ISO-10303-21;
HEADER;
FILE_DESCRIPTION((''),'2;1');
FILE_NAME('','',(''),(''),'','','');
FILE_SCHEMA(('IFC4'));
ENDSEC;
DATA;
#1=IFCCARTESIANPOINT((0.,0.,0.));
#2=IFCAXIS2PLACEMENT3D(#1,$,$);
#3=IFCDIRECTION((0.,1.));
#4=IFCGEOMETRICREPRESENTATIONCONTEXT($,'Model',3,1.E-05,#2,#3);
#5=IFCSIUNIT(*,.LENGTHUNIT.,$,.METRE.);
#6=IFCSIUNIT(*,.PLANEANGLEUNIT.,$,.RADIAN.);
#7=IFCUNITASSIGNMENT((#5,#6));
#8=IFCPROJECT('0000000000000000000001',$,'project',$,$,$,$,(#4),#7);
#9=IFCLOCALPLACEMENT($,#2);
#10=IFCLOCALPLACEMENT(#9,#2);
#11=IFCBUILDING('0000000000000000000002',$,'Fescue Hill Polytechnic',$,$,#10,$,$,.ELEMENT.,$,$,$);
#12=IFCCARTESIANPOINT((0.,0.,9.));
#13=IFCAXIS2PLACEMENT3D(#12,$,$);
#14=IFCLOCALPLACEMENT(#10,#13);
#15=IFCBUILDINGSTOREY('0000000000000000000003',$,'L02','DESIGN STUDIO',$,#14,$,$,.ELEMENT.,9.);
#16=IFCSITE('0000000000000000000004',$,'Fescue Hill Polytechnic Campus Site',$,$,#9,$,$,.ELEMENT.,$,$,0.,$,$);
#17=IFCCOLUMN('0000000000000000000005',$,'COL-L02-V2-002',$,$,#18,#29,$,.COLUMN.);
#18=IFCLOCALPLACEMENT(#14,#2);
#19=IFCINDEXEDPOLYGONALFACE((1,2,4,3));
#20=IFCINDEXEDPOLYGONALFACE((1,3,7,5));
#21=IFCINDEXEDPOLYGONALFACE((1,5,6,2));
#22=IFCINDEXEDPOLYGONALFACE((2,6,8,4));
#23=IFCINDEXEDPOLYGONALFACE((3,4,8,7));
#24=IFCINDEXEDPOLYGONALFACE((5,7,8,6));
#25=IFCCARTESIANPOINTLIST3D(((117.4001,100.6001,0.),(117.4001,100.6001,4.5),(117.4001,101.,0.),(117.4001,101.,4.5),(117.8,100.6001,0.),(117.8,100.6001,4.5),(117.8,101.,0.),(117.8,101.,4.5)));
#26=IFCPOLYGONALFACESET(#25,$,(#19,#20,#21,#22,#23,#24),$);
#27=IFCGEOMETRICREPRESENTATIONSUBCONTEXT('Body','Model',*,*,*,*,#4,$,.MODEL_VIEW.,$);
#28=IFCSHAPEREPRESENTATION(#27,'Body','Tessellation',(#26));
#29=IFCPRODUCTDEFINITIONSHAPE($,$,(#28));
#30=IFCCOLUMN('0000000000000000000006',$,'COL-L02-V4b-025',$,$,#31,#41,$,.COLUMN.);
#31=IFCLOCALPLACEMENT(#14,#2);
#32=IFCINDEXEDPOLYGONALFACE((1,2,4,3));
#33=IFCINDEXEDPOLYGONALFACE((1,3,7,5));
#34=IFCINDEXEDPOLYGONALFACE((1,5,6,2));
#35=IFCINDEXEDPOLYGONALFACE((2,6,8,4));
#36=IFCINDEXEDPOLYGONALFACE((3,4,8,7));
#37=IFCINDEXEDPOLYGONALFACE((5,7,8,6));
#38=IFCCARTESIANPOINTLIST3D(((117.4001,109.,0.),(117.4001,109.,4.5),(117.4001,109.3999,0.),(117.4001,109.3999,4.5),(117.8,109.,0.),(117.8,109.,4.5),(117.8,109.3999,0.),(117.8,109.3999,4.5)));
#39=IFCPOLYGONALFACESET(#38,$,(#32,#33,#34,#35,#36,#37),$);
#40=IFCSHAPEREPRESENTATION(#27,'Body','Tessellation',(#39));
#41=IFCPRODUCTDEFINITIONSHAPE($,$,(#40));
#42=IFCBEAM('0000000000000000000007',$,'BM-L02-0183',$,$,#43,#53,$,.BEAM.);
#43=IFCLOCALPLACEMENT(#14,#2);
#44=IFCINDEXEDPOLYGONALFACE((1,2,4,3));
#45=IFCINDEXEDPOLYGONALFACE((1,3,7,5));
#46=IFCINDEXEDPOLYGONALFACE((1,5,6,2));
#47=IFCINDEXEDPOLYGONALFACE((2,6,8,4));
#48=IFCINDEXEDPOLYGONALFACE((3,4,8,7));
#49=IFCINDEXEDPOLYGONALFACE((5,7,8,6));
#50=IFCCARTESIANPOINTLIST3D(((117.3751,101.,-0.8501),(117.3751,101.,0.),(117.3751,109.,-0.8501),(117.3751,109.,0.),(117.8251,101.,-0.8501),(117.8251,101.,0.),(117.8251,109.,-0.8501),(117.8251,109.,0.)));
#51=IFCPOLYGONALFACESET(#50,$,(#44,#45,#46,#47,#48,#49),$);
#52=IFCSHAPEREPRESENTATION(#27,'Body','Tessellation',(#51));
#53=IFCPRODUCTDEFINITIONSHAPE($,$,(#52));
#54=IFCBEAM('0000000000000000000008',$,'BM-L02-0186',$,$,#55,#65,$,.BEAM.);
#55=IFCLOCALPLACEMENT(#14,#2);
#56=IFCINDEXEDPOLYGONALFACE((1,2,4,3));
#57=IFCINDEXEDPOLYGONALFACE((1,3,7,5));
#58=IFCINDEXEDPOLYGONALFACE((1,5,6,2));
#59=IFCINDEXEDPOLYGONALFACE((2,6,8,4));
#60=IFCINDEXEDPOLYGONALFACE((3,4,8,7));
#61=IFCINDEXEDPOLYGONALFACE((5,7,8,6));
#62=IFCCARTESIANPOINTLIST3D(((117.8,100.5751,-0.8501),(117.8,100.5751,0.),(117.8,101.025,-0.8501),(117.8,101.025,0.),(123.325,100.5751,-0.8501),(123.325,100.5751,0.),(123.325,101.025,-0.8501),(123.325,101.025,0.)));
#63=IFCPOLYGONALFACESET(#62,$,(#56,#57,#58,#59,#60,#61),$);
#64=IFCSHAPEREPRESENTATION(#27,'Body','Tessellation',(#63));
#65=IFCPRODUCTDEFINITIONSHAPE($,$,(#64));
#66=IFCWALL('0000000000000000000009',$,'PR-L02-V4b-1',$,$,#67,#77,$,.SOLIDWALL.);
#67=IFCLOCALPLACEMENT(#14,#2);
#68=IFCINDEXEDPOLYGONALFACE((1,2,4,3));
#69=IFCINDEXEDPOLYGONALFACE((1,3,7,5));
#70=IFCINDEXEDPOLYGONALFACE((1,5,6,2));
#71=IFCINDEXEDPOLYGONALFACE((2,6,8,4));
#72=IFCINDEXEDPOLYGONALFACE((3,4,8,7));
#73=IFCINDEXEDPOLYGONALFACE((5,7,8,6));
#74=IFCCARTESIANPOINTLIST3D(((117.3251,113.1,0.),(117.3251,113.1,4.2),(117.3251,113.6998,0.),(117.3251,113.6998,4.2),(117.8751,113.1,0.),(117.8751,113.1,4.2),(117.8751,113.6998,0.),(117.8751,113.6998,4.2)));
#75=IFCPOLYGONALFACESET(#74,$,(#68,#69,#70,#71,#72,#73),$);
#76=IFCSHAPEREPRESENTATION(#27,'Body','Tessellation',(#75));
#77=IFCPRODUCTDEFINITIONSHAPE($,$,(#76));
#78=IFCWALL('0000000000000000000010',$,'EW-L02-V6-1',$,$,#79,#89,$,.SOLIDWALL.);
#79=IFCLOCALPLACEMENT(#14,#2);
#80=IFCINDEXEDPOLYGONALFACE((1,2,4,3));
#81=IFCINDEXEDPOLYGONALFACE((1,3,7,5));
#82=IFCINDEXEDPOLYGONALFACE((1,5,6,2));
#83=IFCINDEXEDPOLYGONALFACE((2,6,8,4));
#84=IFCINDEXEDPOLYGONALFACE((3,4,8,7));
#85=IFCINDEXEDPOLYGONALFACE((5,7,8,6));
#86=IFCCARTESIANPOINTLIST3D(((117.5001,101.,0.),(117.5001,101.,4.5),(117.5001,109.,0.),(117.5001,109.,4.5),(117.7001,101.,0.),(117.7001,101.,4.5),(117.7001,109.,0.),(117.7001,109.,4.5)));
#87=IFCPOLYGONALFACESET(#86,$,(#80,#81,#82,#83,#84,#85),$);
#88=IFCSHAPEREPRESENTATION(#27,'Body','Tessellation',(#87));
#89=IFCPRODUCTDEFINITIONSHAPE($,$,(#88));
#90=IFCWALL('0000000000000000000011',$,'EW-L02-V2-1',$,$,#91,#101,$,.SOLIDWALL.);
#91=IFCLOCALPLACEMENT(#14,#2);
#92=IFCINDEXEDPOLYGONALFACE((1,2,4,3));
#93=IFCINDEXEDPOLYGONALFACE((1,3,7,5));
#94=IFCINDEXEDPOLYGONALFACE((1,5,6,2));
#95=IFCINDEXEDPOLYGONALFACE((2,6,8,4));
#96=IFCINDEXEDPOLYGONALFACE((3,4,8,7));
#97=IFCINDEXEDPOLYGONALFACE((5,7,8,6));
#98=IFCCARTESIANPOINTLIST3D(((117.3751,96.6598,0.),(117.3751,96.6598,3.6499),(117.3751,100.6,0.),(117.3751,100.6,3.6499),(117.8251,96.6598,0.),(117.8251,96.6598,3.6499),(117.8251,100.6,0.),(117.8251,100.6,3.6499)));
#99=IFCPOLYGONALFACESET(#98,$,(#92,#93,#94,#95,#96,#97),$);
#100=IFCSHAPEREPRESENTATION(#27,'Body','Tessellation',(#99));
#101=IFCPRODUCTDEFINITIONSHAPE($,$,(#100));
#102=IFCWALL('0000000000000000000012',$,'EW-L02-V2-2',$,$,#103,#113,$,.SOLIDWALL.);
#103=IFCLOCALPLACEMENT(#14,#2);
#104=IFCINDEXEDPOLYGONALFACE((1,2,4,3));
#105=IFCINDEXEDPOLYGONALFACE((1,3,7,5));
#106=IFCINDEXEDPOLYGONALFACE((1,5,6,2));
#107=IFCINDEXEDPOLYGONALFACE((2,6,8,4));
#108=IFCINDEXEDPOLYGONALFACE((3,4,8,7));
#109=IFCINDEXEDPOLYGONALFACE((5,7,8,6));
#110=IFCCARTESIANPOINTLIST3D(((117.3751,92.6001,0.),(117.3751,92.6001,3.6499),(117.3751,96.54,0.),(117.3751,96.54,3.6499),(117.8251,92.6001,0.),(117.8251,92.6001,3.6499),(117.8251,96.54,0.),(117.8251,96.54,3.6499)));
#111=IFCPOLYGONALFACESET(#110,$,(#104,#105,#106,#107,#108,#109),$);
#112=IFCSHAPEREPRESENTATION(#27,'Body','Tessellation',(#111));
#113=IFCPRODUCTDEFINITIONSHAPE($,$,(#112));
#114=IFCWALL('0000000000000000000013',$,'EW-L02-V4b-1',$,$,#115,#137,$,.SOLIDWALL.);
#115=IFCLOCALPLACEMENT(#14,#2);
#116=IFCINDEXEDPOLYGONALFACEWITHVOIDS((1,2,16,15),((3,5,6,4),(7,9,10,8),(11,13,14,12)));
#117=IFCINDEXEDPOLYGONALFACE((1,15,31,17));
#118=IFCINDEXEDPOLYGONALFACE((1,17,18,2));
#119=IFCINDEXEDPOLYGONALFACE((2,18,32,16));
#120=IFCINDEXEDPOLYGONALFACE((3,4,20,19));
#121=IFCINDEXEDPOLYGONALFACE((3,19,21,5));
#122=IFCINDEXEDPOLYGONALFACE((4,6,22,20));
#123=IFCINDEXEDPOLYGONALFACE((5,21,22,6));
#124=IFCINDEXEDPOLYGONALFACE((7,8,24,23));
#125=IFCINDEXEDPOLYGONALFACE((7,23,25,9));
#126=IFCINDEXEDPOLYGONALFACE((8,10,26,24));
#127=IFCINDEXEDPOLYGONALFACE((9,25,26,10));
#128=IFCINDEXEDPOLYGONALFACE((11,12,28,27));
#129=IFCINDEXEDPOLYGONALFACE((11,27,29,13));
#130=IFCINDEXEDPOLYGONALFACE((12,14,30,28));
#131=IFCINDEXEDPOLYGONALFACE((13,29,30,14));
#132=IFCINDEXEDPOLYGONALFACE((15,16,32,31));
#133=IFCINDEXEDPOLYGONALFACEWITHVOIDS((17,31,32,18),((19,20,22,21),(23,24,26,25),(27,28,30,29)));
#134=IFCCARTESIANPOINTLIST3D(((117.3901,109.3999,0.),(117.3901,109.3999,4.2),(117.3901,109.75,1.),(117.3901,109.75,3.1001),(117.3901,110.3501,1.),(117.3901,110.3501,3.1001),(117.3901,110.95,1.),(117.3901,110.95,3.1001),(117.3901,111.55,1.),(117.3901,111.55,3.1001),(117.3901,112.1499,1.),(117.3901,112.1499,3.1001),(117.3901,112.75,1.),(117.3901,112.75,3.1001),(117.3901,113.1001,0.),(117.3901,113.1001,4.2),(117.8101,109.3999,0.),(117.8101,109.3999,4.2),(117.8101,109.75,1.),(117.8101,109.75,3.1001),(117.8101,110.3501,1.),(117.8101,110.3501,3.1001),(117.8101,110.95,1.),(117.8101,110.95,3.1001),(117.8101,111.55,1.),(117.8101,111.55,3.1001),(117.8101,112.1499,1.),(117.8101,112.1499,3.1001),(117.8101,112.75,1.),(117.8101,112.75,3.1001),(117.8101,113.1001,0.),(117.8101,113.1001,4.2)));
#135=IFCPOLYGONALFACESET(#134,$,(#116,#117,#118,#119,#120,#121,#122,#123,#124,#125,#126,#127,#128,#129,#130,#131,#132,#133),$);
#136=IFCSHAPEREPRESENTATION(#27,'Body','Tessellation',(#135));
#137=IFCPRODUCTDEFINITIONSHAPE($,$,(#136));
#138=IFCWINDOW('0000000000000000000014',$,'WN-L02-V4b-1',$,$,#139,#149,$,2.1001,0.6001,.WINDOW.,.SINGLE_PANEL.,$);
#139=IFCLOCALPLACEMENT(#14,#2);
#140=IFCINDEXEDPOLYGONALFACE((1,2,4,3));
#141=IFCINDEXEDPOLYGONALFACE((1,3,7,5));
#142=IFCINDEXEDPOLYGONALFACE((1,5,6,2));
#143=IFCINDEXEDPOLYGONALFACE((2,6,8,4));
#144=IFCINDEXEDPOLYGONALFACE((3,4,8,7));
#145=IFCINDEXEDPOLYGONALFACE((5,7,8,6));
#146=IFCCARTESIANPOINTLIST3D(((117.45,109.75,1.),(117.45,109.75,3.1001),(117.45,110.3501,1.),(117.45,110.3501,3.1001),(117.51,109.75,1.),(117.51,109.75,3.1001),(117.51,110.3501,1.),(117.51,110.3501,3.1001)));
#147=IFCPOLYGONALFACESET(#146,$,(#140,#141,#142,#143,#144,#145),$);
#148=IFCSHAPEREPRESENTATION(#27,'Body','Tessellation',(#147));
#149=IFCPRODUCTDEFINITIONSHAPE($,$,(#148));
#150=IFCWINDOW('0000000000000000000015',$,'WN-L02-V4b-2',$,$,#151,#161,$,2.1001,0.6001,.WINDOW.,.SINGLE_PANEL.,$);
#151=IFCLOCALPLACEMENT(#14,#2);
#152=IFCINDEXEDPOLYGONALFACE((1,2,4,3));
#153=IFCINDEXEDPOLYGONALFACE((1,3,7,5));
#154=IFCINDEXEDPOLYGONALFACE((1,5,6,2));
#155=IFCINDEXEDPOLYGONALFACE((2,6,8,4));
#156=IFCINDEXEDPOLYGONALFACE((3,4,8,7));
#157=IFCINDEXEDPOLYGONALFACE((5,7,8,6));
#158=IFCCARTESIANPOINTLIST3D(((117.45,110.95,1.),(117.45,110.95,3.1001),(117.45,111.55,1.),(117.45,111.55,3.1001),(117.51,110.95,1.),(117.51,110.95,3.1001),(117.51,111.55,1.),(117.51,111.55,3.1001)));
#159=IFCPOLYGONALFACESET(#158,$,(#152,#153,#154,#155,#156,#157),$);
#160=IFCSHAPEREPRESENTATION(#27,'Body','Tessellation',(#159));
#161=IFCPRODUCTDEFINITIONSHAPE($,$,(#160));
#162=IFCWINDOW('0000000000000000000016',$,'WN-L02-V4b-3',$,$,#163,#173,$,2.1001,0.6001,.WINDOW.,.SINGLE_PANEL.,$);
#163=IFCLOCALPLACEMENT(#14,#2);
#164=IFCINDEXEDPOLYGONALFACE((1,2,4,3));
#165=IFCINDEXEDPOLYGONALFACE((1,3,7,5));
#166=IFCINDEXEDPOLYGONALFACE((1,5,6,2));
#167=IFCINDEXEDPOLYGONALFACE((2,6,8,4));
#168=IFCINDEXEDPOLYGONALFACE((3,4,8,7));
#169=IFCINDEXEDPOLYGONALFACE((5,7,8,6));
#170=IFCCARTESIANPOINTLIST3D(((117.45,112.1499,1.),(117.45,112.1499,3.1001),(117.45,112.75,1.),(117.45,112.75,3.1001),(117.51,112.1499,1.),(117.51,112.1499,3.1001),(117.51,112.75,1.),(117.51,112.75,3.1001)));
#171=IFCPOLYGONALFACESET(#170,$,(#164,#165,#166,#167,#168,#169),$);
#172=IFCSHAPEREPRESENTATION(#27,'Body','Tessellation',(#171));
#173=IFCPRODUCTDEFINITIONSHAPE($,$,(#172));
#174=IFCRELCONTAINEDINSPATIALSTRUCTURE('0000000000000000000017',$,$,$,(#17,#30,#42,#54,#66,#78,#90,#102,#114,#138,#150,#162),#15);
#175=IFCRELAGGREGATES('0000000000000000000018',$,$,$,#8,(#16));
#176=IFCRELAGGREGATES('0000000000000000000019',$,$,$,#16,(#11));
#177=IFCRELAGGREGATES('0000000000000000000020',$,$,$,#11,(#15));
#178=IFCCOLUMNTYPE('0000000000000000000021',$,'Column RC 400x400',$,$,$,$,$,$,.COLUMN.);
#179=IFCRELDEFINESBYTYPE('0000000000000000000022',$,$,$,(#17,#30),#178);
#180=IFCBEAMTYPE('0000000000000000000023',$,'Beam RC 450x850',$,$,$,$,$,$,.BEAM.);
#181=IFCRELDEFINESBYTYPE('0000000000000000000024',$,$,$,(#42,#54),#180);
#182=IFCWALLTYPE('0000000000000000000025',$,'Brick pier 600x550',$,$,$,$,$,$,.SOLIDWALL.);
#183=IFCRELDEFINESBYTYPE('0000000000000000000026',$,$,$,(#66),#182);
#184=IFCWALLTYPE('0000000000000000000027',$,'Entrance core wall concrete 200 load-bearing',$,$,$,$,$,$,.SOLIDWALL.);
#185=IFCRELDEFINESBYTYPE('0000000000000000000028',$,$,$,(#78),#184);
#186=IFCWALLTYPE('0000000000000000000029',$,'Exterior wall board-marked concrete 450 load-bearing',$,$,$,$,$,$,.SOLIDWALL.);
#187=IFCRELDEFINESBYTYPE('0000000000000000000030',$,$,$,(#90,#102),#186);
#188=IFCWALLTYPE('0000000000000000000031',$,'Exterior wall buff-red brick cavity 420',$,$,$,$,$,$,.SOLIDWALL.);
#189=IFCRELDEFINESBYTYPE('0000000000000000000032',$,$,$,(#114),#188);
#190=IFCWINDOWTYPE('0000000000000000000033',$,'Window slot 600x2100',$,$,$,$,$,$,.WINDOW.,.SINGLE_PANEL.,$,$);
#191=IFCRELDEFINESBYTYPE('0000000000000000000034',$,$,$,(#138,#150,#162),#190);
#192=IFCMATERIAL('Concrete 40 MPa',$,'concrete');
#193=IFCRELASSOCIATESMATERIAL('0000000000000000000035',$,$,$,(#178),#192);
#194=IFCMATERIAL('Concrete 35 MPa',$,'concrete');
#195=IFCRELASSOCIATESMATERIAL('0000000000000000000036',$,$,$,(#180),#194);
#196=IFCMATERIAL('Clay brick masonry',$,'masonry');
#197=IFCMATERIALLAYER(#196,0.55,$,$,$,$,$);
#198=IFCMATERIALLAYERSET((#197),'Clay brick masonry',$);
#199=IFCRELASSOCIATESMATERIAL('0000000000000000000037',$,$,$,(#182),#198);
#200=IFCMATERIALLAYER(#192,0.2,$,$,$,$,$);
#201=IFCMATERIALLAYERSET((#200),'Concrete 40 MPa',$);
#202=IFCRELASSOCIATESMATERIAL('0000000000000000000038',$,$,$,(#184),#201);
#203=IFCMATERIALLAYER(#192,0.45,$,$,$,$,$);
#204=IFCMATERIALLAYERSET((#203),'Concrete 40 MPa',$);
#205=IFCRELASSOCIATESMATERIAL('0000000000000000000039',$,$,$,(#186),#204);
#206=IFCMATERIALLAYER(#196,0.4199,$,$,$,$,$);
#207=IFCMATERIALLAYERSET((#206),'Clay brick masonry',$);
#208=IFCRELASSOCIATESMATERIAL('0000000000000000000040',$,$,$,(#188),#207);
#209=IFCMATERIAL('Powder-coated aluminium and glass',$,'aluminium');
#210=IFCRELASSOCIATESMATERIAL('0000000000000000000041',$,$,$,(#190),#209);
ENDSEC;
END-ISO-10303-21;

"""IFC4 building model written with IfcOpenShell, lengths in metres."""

from ifc_helpers import new_model, si_unit, direction, frame, frame_2d, origin, origin_2d, place, context, subcontext, project, spatial, rectangle, extrude, material, layer, layer_set, material_profile, profile_set, type_object, element, fill, save


model = new_model("IFC4")

# Units and contexts
model_context = context("Model", 3, precision=1e-05, world=origin(), true_north=direction((0.0, 1.0)))
body_context = subcontext(model_context, "Body", "Model", "MODEL_VIEW")
ifc_project = project(units=[si_unit("LENGTHUNIT", "METRE"), si_unit("PLANEANGLEUNIT", "RADIAN")], contexts=[model_context])

# Site, building, storey
site_placement = place(None, origin())
site = spatial("IfcSite", under=ifc_project, at=site_placement, Name="Fescue Hill Polytechnic Campus Site", CompositionType="ELEMENT", RefElevation=0.0)
building_placement = place(site_placement, origin())
building = spatial("IfcBuilding", under=site, at=building_placement, Name="Fescue Hill Polytechnic", CompositionType="ELEMENT")
storey_placement = place(building_placement, frame((0.0, 0.0, 9.0)))
storey = spatial("IfcBuildingStorey", under=building, at=storey_placement, Name="L02", Description="DESIGN STUDIO", CompositionType="ELEMENT", Elevation=9.0)

# Columns
ifc_material_1 = material(Name="Concrete 40 MPa", Category="concrete")
ifc_material_profile_1 = material_profile(ifc_material_1, rectangle(XDim=0.3999, YDim=0.3999, at=origin_2d()), Name="RC 400x400")
ifc_profile_set_1 = profile_set([ifc_material_profile_1], Name="Concrete 40 MPa")
column_type = type_object("IfcColumnType", Name="Column RC 400x400", PredefinedType="COLUMN", material=ifc_profile_set_1)
for number, where, z_axis, x_axis, name in (
    (1, (117.6001, 100.8, 0.0), (0.0, 0.0, 1.0), (1.0, 0.0, 0.0), "COL-L02-V2-002"),
    (2, (117.6001, 109.2, 0.0), (0.0, 0.0, 1.0), (1.0, 0.0, 0.0), "COL-L02-V4b-025"),
):
    element("IfcColumn", number, at=place(storey_placement, frame(where, z_axis=z_axis, x_axis=x_axis)), inside=storey, type_object=column_type, Name=name, PredefinedType="COLUMN", context=body_context, shape_type="SweptSolid", body=[
        extrude(rectangle(XDim=0.3999, YDim=0.3999, at=origin_2d()), origin(), (0.0, 0.0, 1.0), 4.5),
    ])

# Beams
ifc_material_2 = material(Name="Concrete 35 MPa", Category="concrete")
ifc_material_profile_2 = material_profile(ifc_material_2, rectangle(XDim=0.45, YDim=0.8501, at=origin_2d()), Name="RC 450x850")
ifc_profile_set_2 = profile_set([ifc_material_profile_2], Name="Concrete 35 MPa")
beam_type = type_object("IfcBeamType", Name="Beam RC 450x850", PredefinedType="BEAM", material=ifc_profile_set_2)
beam_1_placement = place(storey_placement, frame((117.6001, 101.0, -0.425), z_axis=(0.0, 1.0, 0.0), x_axis=(-1.0, 0.0, 0.0)))
element("IfcBeam", 3, at=beam_1_placement, inside=storey, type_object=beam_type, Name="BM-L02-0183", PredefinedType="BEAM", context=body_context, shape_type="SweptSolid", body=[
    extrude(rectangle(XDim=0.45, YDim=0.8501, at=origin_2d()), origin(), (0.0, 0.0, 1.0), 8.0),
])
beam_2_placement = place(storey_placement, frame((117.8, 100.8, -0.425), z_axis=(1.0, 0.0, 0.0), x_axis=(0.0, 1.0, 0.0)))
element("IfcBeam", 4, at=beam_2_placement, inside=storey, type_object=beam_type, Name="BM-L02-0186", PredefinedType="BEAM", context=body_context, shape_type="SweptSolid", body=[
    extrude(rectangle(XDim=0.45, YDim=0.8501, at=origin_2d()), origin(), (0.0, 0.0, 1.0), 5.5249),
])

# Walls
ifc_material_3 = material(Name="Clay brick masonry", Category="masonry")
ifc_layer_1 = layer(ifc_material_3, 0.55)
ifc_layer_set_1 = layer_set([ifc_layer_1], Name="Clay brick masonry")
wall_type_1 = type_object("IfcWallType", Name="Brick pier 600x550", PredefinedType="SOLIDWALL", material=ifc_layer_set_1)
wall_1_placement = place(storey_placement, frame((117.6001, 113.1001, 0.0), z_axis=(0.0, 0.0, 1.0), x_axis=(0.0, 1.0, 0.0)))
element("IfcWall", 5, at=wall_1_placement, inside=storey, type_object=wall_type_1, Name="PR-L02-V4b-1", PredefinedType="SOLIDWALL", context=body_context, shape_type="SweptSolid", body=[
    extrude(rectangle(XDim=0.5999, YDim=0.55, at=frame_2d((0.2998, 0.0))), origin(), (0.0, 0.0, 1.0), 4.2),
])
ifc_layer_2 = layer(ifc_material_1, 0.2)
ifc_layer_set_2 = layer_set([ifc_layer_2], Name="Concrete 40 MPa")
wall_type_2 = type_object("IfcWallType", Name="Entrance core wall concrete 200 load-bearing", PredefinedType="SOLIDWALL", material=ifc_layer_set_2)
wall_2_placement = place(storey_placement, frame((117.6001, 101.0, 0.0), z_axis=(0.0, 0.0, 1.0), x_axis=(0.0, 1.0, 0.0)))
element("IfcWall", 6, at=wall_2_placement, inside=storey, type_object=wall_type_2, Name="EW-L02-V6-1", PredefinedType="SOLIDWALL", context=body_context, shape_type="SweptSolid", body=[
    extrude(rectangle(XDim=8.0, YDim=0.2, at=frame_2d((4.0, 0.0))), origin(), (0.0, 0.0, 1.0), 4.5),
])
ifc_layer_3 = layer(ifc_material_1, 0.45)
ifc_layer_set_3 = layer_set([ifc_layer_3], Name="Concrete 40 MPa")
wall_type_3 = type_object("IfcWallType", Name="Exterior wall board-marked concrete 450 load-bearing", PredefinedType="SOLIDWALL", material=ifc_layer_set_3)
wall_3_placement = place(storey_placement, frame((117.6001, 100.6001, 0.0), z_axis=(0.0, 0.0, 1.0), x_axis=(0.0, -1.0, 0.0)))
element("IfcWall", 7, at=wall_3_placement, inside=storey, type_object=wall_type_3, Name="EW-L02-V2-1", PredefinedType="SOLIDWALL", context=body_context, shape_type="SweptSolid", body=[
    extrude(rectangle(XDim=3.9402, YDim=0.45, at=frame_2d((1.9702, 0.0))), origin(), (0.0, 0.0, 1.0), 3.6499),
])
wall_4_placement = place(storey_placement, frame((117.6001, 96.54, 0.0), z_axis=(0.0, 0.0, 1.0), x_axis=(0.0, -1.0, 0.0)))
element("IfcWall", 8, at=wall_4_placement, inside=storey, type_object=wall_type_3, Name="EW-L02-V2-2", PredefinedType="SOLIDWALL", context=body_context, shape_type="SweptSolid", body=[
    extrude(rectangle(XDim=3.9399, YDim=0.45, at=frame_2d((1.97, 0.0))), origin(), (0.0, 0.0, 1.0), 3.6499),
])

# Wall, openings, windows
ifc_layer_4 = layer(ifc_material_3, 0.4199)
ifc_layer_set_4 = layer_set([ifc_layer_4], Name="Clay brick masonry")
wall_type_4 = type_object("IfcWallType", Name="Exterior wall buff-red brick cavity 420", PredefinedType="SOLIDWALL", material=ifc_layer_set_4)
wall_5_placement = place(storey_placement, frame((117.6001, 109.3999, 0.0), z_axis=(0.0, 0.0, 1.0), x_axis=(0.0, 1.0, 0.0)))
wall_5 = element("IfcWall", 9, at=wall_5_placement, inside=storey, type_object=wall_type_4, Name="EW-L02-V4b-1", PredefinedType="SOLIDWALL", context=body_context, shape_type="SweptSolid", body=[
    extrude(rectangle(XDim=3.7002, YDim=0.4199, at=frame_2d((1.8501, 0.0))), origin(), (0.0, 0.0, 1.0), 4.2),
])
opening_1_placement = place(wall_5_placement, frame((0.3501, 0.0, 1.0)))
opening_1 = element("IfcOpeningElement", 10, at=opening_1_placement, cuts=wall_5, PredefinedType="OPENING", context=body_context, shape_type="SweptSolid", body=[
    extrude(rectangle(XDim=0.6001, YDim=2.1001, at=frame_2d((0.3, 1.05))), frame((0.0, 0.22, 0.0), z_axis=(0.0, -1.0, 0.0), x_axis=(1.0, 0.0, 0.0)), (0.0, 0.0, 1.0), 0.4399),
])
opening_2_placement = place(wall_5_placement, frame((1.55, 0.0, 1.0)))
opening_2 = element("IfcOpeningElement", 11, at=opening_2_placement, cuts=wall_5, PredefinedType="OPENING", context=body_context, shape_type="SweptSolid", body=[
    extrude(rectangle(XDim=0.6001, YDim=2.1001, at=frame_2d((0.3, 1.05))), frame((0.0, 0.22, 0.0), z_axis=(0.0, -1.0, 0.0), x_axis=(1.0, 0.0, 0.0)), (0.0, 0.0, 1.0), 0.4399),
])
opening_3_placement = place(wall_5_placement, frame((2.75, 0.0, 1.0)))
opening_3 = element("IfcOpeningElement", 12, at=opening_3_placement, cuts=wall_5, PredefinedType="OPENING", context=body_context, shape_type="SweptSolid", body=[
    extrude(rectangle(XDim=0.6001, YDim=2.1001, at=frame_2d((0.3, 1.05))), frame((0.0, 0.22, 0.0), z_axis=(0.0, -1.0, 0.0), x_axis=(1.0, 0.0, 0.0)), (0.0, 0.0, 1.0), 0.4399),
])
ifc_material_4 = material(Name="Powder-coated aluminium and glass", Category="aluminium")
window_type = type_object("IfcWindowType", Name="Window slot 600x2100", PartitioningType="SINGLE_PANEL", PredefinedType="WINDOW", material=ifc_material_4)
window_1_placement = place(opening_1_placement, origin())
window_1 = element("IfcWindow", 13, at=window_1_placement, inside=storey, type_object=window_type, Name="WN-L02-V4b-1", OverallHeight=2.1001, OverallWidth=0.6001, PartitioningType="SINGLE_PANEL", PredefinedType="WINDOW", context=body_context, shape_type="SweptSolid", body=[
    extrude(rectangle(XDim=0.6001, YDim=2.1001, at=frame_2d((0.3, 1.05))), frame((0.0, 0.1501, 0.0), z_axis=(0.0, -1.0, 0.0), x_axis=(1.0, 0.0, 0.0)), (0.0, 0.0, 1.0), 0.0601),
])
fill(opening_1, window_1)
window_2_placement = place(opening_2_placement, origin())
window_2 = element("IfcWindow", 14, at=window_2_placement, inside=storey, type_object=window_type, Name="WN-L02-V4b-2", OverallHeight=2.1001, OverallWidth=0.6001, PartitioningType="SINGLE_PANEL", PredefinedType="WINDOW", context=body_context, shape_type="SweptSolid", body=[
    extrude(rectangle(XDim=0.6001, YDim=2.1001, at=frame_2d((0.3, 1.05))), frame((0.0, 0.1501, 0.0), z_axis=(0.0, -1.0, 0.0), x_axis=(1.0, 0.0, 0.0)), (0.0, 0.0, 1.0), 0.0601),
])
fill(opening_2, window_2)
window_3_placement = place(opening_3_placement, origin())
window_3 = element("IfcWindow", 15, at=window_3_placement, inside=storey, type_object=window_type, Name="WN-L02-V4b-3", OverallHeight=2.1001, OverallWidth=0.6001, PartitioningType="SINGLE_PANEL", PredefinedType="WINDOW", context=body_context, shape_type="SweptSolid", body=[
    extrude(rectangle(XDim=0.6001, YDim=2.1001, at=frame_2d((0.3, 1.05))), frame((0.0, 0.1501, 0.0), z_axis=(0.0, -1.0, 0.0), x_axis=(1.0, 0.0, 0.0)), (0.0, 0.0, 1.0), 0.0601),
])
fill(opening_3, window_3)

save(model, "model.ifc")
